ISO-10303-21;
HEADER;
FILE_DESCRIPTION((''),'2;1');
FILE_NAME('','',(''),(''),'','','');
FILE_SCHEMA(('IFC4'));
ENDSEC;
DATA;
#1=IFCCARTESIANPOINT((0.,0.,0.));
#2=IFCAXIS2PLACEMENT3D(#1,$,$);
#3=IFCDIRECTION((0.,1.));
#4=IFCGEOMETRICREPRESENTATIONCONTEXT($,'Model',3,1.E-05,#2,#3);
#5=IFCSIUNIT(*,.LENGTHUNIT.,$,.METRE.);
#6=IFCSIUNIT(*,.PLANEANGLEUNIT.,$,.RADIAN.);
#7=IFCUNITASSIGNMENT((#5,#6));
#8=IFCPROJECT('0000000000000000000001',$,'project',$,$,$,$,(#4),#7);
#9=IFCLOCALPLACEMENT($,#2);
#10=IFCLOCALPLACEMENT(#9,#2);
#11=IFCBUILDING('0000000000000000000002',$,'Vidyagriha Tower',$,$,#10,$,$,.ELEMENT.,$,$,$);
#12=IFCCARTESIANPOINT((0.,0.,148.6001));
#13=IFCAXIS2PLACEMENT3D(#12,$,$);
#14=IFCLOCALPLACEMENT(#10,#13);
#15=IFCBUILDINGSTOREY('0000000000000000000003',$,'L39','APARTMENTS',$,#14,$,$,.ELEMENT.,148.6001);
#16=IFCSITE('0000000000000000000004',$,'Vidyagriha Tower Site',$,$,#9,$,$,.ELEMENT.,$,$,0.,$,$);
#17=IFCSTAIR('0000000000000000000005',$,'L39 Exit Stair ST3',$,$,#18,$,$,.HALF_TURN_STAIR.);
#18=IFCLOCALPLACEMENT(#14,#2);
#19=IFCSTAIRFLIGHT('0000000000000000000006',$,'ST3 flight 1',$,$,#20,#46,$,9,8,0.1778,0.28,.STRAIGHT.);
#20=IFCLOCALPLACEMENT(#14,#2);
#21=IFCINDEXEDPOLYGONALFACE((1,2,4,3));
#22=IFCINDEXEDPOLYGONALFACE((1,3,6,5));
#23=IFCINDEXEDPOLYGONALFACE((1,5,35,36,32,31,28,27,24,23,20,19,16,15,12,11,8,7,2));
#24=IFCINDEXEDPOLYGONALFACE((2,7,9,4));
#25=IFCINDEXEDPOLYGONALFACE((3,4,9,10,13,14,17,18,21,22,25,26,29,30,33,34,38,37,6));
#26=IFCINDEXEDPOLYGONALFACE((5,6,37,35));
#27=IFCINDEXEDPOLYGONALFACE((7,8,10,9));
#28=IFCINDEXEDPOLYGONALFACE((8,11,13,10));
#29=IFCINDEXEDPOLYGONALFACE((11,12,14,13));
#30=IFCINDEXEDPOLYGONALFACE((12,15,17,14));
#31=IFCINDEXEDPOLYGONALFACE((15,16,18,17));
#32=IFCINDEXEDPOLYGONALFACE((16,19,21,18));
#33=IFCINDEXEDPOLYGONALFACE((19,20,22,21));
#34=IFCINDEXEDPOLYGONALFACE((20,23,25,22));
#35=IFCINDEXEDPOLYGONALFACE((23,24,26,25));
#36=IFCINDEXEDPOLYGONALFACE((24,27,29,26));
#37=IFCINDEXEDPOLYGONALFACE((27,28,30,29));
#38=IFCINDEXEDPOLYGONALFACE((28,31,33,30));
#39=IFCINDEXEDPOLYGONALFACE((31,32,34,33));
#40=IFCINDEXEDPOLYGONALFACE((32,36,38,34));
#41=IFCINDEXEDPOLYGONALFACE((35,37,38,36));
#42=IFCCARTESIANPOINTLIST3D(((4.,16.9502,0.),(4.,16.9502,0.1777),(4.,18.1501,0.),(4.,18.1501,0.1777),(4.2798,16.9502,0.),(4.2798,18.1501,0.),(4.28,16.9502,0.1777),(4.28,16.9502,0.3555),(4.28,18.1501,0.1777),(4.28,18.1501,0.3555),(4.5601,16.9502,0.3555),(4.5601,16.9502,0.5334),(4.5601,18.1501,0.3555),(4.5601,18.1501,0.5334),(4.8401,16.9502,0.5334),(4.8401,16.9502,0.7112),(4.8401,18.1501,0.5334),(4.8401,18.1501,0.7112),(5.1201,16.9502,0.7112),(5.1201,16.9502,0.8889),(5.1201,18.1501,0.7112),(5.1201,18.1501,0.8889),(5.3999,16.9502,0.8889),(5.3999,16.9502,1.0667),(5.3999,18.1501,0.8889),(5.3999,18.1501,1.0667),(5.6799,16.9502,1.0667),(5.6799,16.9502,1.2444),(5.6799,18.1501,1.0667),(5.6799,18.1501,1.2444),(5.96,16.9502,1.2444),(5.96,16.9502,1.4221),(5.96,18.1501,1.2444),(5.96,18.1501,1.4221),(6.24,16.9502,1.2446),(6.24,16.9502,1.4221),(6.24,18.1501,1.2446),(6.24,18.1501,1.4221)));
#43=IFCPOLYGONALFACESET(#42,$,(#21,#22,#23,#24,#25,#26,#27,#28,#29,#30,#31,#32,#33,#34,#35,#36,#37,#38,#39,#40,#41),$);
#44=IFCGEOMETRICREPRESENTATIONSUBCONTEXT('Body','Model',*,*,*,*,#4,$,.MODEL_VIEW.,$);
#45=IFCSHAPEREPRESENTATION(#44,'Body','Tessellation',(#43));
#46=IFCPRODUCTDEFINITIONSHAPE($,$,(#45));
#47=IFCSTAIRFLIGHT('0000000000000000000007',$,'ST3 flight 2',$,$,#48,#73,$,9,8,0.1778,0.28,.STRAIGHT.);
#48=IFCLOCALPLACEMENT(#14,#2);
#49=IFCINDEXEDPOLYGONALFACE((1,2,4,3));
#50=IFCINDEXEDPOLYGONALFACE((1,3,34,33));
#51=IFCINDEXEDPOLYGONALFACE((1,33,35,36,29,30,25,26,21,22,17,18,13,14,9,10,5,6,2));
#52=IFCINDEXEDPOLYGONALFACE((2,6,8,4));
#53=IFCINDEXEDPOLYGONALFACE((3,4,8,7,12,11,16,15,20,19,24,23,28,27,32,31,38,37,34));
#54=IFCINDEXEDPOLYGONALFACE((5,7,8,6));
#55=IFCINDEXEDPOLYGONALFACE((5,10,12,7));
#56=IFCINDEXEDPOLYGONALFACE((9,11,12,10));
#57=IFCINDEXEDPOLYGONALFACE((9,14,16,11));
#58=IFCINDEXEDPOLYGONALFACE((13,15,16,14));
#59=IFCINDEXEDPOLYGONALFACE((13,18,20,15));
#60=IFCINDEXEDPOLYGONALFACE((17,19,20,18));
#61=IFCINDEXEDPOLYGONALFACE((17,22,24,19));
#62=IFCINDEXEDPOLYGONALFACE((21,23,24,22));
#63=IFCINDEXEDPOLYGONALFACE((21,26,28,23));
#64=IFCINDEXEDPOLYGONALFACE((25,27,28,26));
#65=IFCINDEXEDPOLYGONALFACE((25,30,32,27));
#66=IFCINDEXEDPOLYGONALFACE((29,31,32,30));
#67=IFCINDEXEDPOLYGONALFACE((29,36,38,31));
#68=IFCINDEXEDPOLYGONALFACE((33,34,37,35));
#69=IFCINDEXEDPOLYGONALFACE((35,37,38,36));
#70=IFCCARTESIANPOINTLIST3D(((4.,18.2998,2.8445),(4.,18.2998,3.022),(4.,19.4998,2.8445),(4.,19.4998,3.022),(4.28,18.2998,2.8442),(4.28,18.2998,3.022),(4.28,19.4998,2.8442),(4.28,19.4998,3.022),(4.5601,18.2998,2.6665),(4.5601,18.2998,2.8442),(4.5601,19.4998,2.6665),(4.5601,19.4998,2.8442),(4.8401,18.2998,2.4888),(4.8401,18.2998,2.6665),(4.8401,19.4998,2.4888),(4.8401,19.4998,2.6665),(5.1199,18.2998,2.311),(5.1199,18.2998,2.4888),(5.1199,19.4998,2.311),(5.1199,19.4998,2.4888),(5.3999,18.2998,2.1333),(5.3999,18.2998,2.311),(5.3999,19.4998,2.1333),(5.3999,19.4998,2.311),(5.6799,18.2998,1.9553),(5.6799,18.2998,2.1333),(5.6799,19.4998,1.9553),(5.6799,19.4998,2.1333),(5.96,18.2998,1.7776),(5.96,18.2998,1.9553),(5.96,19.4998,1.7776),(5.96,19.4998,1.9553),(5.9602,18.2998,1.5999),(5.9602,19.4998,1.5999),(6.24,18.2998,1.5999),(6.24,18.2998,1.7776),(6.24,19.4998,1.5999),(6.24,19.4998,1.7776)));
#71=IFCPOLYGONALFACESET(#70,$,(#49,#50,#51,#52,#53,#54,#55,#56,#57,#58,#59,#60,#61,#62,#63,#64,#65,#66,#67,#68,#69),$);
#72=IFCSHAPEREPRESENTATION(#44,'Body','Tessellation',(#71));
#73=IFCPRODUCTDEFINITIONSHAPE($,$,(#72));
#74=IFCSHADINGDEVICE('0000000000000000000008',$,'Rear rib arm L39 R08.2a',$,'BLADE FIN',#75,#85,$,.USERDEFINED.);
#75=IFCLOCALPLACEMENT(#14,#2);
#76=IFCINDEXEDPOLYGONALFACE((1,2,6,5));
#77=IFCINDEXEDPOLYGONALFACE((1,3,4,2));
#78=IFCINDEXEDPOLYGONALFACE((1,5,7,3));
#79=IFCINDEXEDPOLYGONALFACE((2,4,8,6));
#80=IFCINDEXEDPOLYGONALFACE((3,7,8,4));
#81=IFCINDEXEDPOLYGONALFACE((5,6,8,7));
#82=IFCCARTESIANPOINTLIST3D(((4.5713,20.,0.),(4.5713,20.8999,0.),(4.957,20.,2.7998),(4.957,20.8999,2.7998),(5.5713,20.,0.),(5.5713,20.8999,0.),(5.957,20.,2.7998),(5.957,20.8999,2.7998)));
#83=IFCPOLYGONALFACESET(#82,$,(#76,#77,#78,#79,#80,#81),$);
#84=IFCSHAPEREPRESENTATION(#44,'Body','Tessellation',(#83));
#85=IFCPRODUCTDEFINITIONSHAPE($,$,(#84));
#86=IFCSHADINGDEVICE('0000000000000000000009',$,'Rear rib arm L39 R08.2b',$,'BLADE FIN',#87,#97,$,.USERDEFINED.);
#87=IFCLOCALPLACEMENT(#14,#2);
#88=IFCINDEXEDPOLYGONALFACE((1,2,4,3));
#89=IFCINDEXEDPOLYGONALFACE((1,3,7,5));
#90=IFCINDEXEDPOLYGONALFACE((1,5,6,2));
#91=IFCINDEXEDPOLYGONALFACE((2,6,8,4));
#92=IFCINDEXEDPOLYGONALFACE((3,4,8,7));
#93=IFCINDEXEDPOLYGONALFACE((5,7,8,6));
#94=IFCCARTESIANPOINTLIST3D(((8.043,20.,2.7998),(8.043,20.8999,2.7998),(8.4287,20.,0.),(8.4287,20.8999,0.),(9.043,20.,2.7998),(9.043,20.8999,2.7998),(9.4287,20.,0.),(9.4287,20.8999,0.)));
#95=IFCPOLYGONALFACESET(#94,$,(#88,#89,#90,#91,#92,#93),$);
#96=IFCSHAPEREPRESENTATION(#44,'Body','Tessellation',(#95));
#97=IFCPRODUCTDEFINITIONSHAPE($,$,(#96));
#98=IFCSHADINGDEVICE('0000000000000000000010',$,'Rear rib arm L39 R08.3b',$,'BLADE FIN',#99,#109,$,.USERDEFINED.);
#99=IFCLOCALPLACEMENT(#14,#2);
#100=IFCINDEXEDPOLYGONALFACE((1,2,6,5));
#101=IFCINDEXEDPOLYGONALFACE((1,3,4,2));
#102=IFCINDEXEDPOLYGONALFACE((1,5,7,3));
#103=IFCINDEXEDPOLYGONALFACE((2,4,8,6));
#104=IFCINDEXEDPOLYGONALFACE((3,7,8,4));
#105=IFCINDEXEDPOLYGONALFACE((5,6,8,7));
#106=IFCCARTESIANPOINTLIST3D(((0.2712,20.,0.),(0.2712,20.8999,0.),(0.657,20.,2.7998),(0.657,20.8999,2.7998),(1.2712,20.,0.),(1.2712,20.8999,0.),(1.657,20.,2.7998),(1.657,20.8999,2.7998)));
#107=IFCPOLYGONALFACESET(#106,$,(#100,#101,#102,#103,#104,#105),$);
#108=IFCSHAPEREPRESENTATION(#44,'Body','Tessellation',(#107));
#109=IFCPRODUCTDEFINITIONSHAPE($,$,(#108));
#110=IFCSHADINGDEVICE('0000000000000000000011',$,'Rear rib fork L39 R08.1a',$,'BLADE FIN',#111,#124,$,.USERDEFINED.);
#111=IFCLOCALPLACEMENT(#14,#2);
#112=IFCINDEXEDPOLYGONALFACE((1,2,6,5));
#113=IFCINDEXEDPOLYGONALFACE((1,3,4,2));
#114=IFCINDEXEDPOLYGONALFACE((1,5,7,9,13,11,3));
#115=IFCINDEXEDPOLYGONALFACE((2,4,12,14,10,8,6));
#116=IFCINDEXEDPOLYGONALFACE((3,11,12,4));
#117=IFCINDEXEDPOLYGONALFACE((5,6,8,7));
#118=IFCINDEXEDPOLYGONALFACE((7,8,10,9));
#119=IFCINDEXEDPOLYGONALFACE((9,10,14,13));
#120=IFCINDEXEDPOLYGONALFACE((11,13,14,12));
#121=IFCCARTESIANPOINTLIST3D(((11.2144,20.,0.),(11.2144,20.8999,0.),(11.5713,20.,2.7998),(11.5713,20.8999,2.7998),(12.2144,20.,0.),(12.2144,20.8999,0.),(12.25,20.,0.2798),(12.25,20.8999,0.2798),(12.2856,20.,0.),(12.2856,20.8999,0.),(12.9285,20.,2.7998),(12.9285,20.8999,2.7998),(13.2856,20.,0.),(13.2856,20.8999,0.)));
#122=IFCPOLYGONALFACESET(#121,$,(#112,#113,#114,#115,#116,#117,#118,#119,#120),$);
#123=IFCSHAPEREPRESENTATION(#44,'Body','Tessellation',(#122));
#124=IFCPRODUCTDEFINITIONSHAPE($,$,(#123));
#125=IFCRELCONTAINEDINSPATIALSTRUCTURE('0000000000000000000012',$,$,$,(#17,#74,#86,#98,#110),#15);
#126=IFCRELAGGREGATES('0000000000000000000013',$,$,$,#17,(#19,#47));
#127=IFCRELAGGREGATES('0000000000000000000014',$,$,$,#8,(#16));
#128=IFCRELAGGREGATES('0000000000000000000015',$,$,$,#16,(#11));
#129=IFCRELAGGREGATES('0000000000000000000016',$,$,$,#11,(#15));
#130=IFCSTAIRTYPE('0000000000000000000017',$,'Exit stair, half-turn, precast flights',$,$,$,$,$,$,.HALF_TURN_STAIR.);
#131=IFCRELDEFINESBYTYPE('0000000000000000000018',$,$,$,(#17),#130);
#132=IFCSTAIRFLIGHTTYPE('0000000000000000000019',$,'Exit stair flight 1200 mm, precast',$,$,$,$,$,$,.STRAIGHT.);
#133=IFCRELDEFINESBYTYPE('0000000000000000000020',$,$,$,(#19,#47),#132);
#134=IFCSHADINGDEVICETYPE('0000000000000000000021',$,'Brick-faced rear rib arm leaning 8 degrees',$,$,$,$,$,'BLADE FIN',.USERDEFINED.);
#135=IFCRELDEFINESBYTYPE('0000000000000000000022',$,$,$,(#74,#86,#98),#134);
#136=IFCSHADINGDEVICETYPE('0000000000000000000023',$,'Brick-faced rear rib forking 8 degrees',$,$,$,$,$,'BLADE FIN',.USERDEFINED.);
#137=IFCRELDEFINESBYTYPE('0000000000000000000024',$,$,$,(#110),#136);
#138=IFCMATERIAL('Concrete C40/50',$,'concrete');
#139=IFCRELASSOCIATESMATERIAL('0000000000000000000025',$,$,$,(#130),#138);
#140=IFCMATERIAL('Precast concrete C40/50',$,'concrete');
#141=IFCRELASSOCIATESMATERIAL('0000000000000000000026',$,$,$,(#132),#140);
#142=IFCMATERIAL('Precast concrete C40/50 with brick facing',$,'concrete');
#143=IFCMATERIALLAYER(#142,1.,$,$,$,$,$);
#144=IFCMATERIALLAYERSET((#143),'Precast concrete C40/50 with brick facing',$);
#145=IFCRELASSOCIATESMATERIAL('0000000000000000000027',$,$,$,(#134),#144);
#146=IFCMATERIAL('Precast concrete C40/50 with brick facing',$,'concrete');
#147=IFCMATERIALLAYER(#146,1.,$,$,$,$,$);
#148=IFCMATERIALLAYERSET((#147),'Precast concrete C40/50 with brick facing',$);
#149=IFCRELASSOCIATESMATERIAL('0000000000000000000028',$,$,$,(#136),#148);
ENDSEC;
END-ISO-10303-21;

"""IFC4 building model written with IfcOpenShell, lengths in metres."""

from ifc_helpers import new_model, si_unit, direction, frame, origin, place, context, subcontext, project, spatial, polyline, outline, extrude, material, layer, layer_set, type_object, element, aggregate, save


model = new_model("IFC4")

# Units and contexts
model_context = context("Model", 3, precision=1e-05, world=origin(), true_north=direction((0.0, 1.0)))
body_context = subcontext(model_context, "Body", "Model", "MODEL_VIEW")
ifc_project = project(units=[si_unit("LENGTHUNIT", "METRE"), si_unit("PLANEANGLEUNIT", "RADIAN")], contexts=[model_context])

# Site, building, storey
site_placement = place(None, origin())
site = spatial("IfcSite", under=ifc_project, at=site_placement, Name="Vidyagriha Tower Site", CompositionType="ELEMENT", RefElevation=0.0)
building_placement = place(site_placement, origin())
building = spatial("IfcBuilding", under=site, at=building_placement, Name="Vidyagriha Tower", CompositionType="ELEMENT")
storey_placement = place(building_placement, frame((0.0, 0.0, 148.6001)))
storey = spatial("IfcBuildingStorey", under=building, at=storey_placement, Name="L39", Description="APARTMENTS", CompositionType="ELEMENT", Elevation=148.6001)

# Shared definitions
ifc_material_1 = material(Name="Concrete C40/50", Category="concrete")
stair_type = type_object("IfcStairType", Name="Exit stair, half-turn, precast flights", PredefinedType="HALF_TURN_STAIR", material=ifc_material_1)
ifc_material_2 = material(Name="Precast concrete C40/50", Category="concrete")
stair_flight_type = type_object("IfcStairFlightType", Name="Exit stair flight 1200 mm, precast", PredefinedType="STRAIGHT", material=ifc_material_2)

# Stair, stair flights
stair_1_placement = place(storey_placement, origin())
stair_1 = element("IfcStair", 1, at=stair_1_placement, inside=storey, type_object=stair_type, Name="L39 Exit Stair ST3", PredefinedType="HALF_TURN_STAIR")
stair_flight_1_placement = place(storey_placement, frame((4.0, 17.55, 0.0)))
stair_flight_1 = element("IfcStairFlight", 2, at=stair_flight_1_placement, type_object=stair_flight_type, Name="ST3 flight 1", NumberOfRisers=9, NumberOfTreads=8, PredefinedType="STRAIGHT", RiserHeight=0.1778, TreadLength=0.28, context=body_context, shape_type="SweptSolid", body=[
    extrude(outline(polyline([(0.0, 0.0), (0.0, 0.1777), (0.28, 0.1777), (0.28, 0.3555), (0.5601, 0.3555), (0.5601, 0.5334), (0.8401, 0.5334), (0.8401, 0.7112), (1.1201, 0.7112), (1.1201, 0.8889), (1.3999, 0.8889), (1.3999, 1.0667), (1.6799, 1.0667), (1.6799, 1.2444), (1.96, 1.2444), (1.96, 1.4221), (2.24, 1.4221), (2.24, 1.6001), (2.24, 1.2446), (0.2798, 0.0), (0.0, 0.0)])), frame((0.0, 0.6001, 0.0), z_axis=(0.0, -1.0, 0.0), x_axis=(1.0, 0.0, 0.0)), (0.0, 0.0, 1.0), 1.2),
])
stair_flight_2_placement = place(storey_placement, frame((6.24, 18.8999, 1.5999), z_axis=(0.0, 0.0, 1.0), x_axis=(-1.0, 0.0, 0.0)))
stair_flight_2 = element("IfcStairFlight", 3, at=stair_flight_2_placement, type_object=stair_flight_type, Name="ST3 flight 2", NumberOfRisers=9, NumberOfTreads=8, PredefinedType="STRAIGHT", RiserHeight=0.1778, TreadLength=0.28, context=body_context, shape_type="SweptSolid", body=[
    extrude(outline(polyline([(0.0, 0.0), (0.0, 0.1777), (0.28, 0.1777), (0.28, 0.3555), (0.5601, 0.3555), (0.5601, 0.5334), (0.8401, 0.5334), (0.8401, 0.7112), (1.1201, 0.7112), (1.1201, 0.8889), (1.3999, 0.8889), (1.3999, 1.0667), (1.6799, 1.0667), (1.6799, 1.2444), (1.96, 1.2444), (1.96, 1.4221), (2.24, 1.4221), (2.24, 1.6001), (2.24, 1.2446), (0.2798, 0.0), (0.0, 0.0)])), frame((0.0, 0.6001, 0.0), z_axis=(0.0, -1.0, 0.0), x_axis=(1.0, 0.0, 0.0)), (0.0, 0.0, 1.0), 1.2),
])
aggregate(stair_1, [stair_flight_1, stair_flight_2])

# Shading devices
ifc_material_3 = material(Name="Precast concrete C40/50 with brick facing", Category="concrete")
ifc_layer_1 = layer(ifc_material_3, 1.0)
ifc_layer_set_1 = layer_set([ifc_layer_1], Name="Precast concrete C40/50 with brick facing")
shading_device_type_1 = type_object("IfcShadingDeviceType", Name="Brick-faced rear rib arm leaning 8 degrees", ElementType="BLADE FIN", PredefinedType="USERDEFINED", material=ifc_layer_set_1)
shading_device_1_placement = place(storey_placement, frame((5.957, 20.45, 0.0), z_axis=(0.0, 0.0, 1.0), x_axis=(-1.0, 0.0, 0.0)))
element("IfcShadingDevice", 4, at=shading_device_1_placement, inside=storey, type_object=shading_device_type_1, Name="Rear rib arm L39 R08.2a", ObjectType="BLADE FIN", PredefinedType="USERDEFINED", context=body_context, shape_type="SweptSolid", body=[
    extrude(outline(polyline([(0.3857, 0.0), (1.3857, 0.0), (1.0, 2.7998), (0.0, 2.7998), (0.3857, 0.0)])), frame((0.0, 0.45, 0.0), z_axis=(0.0, -1.0, 0.0), x_axis=(1.0, 0.0, 0.0)), (0.0, 0.0, 1.0), 0.8999),
])
shading_device_2_placement = place(storey_placement, frame((9.4287, 20.45, 0.0), z_axis=(0.0, 0.0, 1.0), x_axis=(-1.0, 0.0, 0.0)))
element("IfcShadingDevice", 5, at=shading_device_2_placement, inside=storey, type_object=shading_device_type_1, Name="Rear rib arm L39 R08.2b", ObjectType="BLADE FIN", PredefinedType="USERDEFINED", context=body_context, shape_type="SweptSolid", body=[
    extrude(outline(polyline([(0.0, 0.0), (1.0, 0.0), (1.3857, 2.7998), (0.3857, 2.7998), (0.0, 0.0)])), frame((0.0, 0.45, 0.0), z_axis=(0.0, -1.0, 0.0), x_axis=(1.0, 0.0, 0.0)), (0.0, 0.0, 1.0), 0.8999),
])
shading_device_3_placement = place(storey_placement, frame((1.657, 20.45, 0.0), z_axis=(0.0, 0.0, 1.0), x_axis=(-1.0, 0.0, 0.0)))
element("IfcShadingDevice", 6, at=shading_device_3_placement, inside=storey, type_object=shading_device_type_1, Name="Rear rib arm L39 R08.3b", ObjectType="BLADE FIN", PredefinedType="USERDEFINED", context=body_context, shape_type="SweptSolid", body=[
    extrude(outline(polyline([(0.3857, 0.0), (1.3857, 0.0), (1.0, 2.7998), (0.0, 2.7998), (0.3857, 0.0)])), frame((0.0, 0.45, 0.0), z_axis=(0.0, -1.0, 0.0), x_axis=(1.0, 0.0, 0.0)), (0.0, 0.0, 1.0), 0.8999),
])
ifc_material_4 = material(Name="Precast concrete C40/50 with brick facing", Category="concrete")
ifc_layer_2 = layer(ifc_material_4, 1.0)
ifc_layer_set_2 = layer_set([ifc_layer_2], Name="Precast concrete C40/50 with brick facing")
shading_device_type_2 = type_object("IfcShadingDeviceType", Name="Brick-faced rear rib forking 8 degrees", ElementType="BLADE FIN", PredefinedType="USERDEFINED", material=ifc_layer_set_2)
shading_device_4_placement = place(storey_placement, frame((13.2856, 20.45, 0.0), z_axis=(0.0, 0.0, 1.0), x_axis=(-1.0, 0.0, 0.0)))
element("IfcShadingDevice", 7, at=shading_device_4_placement, inside=storey, type_object=shading_device_type_2, Name="Rear rib fork L39 R08.1a", ObjectType="BLADE FIN", PredefinedType="USERDEFINED", context=body_context, shape_type="SweptSolid", body=[
    extrude(outline(polyline([(1.0, 0.0), (1.0356, 0.2798), (1.0713, 0.0), (2.0713, 0.0), (1.7144, 2.7998), (0.3572, 2.7998), (0.0, 0.0), (1.0, 0.0)])), frame((0.0, 0.45, 0.0), z_axis=(0.0, -1.0, 0.0), x_axis=(1.0, 0.0, 0.0)), (0.0, 0.0, 1.0), 0.8999),
])

save(model, "model.ifc")
